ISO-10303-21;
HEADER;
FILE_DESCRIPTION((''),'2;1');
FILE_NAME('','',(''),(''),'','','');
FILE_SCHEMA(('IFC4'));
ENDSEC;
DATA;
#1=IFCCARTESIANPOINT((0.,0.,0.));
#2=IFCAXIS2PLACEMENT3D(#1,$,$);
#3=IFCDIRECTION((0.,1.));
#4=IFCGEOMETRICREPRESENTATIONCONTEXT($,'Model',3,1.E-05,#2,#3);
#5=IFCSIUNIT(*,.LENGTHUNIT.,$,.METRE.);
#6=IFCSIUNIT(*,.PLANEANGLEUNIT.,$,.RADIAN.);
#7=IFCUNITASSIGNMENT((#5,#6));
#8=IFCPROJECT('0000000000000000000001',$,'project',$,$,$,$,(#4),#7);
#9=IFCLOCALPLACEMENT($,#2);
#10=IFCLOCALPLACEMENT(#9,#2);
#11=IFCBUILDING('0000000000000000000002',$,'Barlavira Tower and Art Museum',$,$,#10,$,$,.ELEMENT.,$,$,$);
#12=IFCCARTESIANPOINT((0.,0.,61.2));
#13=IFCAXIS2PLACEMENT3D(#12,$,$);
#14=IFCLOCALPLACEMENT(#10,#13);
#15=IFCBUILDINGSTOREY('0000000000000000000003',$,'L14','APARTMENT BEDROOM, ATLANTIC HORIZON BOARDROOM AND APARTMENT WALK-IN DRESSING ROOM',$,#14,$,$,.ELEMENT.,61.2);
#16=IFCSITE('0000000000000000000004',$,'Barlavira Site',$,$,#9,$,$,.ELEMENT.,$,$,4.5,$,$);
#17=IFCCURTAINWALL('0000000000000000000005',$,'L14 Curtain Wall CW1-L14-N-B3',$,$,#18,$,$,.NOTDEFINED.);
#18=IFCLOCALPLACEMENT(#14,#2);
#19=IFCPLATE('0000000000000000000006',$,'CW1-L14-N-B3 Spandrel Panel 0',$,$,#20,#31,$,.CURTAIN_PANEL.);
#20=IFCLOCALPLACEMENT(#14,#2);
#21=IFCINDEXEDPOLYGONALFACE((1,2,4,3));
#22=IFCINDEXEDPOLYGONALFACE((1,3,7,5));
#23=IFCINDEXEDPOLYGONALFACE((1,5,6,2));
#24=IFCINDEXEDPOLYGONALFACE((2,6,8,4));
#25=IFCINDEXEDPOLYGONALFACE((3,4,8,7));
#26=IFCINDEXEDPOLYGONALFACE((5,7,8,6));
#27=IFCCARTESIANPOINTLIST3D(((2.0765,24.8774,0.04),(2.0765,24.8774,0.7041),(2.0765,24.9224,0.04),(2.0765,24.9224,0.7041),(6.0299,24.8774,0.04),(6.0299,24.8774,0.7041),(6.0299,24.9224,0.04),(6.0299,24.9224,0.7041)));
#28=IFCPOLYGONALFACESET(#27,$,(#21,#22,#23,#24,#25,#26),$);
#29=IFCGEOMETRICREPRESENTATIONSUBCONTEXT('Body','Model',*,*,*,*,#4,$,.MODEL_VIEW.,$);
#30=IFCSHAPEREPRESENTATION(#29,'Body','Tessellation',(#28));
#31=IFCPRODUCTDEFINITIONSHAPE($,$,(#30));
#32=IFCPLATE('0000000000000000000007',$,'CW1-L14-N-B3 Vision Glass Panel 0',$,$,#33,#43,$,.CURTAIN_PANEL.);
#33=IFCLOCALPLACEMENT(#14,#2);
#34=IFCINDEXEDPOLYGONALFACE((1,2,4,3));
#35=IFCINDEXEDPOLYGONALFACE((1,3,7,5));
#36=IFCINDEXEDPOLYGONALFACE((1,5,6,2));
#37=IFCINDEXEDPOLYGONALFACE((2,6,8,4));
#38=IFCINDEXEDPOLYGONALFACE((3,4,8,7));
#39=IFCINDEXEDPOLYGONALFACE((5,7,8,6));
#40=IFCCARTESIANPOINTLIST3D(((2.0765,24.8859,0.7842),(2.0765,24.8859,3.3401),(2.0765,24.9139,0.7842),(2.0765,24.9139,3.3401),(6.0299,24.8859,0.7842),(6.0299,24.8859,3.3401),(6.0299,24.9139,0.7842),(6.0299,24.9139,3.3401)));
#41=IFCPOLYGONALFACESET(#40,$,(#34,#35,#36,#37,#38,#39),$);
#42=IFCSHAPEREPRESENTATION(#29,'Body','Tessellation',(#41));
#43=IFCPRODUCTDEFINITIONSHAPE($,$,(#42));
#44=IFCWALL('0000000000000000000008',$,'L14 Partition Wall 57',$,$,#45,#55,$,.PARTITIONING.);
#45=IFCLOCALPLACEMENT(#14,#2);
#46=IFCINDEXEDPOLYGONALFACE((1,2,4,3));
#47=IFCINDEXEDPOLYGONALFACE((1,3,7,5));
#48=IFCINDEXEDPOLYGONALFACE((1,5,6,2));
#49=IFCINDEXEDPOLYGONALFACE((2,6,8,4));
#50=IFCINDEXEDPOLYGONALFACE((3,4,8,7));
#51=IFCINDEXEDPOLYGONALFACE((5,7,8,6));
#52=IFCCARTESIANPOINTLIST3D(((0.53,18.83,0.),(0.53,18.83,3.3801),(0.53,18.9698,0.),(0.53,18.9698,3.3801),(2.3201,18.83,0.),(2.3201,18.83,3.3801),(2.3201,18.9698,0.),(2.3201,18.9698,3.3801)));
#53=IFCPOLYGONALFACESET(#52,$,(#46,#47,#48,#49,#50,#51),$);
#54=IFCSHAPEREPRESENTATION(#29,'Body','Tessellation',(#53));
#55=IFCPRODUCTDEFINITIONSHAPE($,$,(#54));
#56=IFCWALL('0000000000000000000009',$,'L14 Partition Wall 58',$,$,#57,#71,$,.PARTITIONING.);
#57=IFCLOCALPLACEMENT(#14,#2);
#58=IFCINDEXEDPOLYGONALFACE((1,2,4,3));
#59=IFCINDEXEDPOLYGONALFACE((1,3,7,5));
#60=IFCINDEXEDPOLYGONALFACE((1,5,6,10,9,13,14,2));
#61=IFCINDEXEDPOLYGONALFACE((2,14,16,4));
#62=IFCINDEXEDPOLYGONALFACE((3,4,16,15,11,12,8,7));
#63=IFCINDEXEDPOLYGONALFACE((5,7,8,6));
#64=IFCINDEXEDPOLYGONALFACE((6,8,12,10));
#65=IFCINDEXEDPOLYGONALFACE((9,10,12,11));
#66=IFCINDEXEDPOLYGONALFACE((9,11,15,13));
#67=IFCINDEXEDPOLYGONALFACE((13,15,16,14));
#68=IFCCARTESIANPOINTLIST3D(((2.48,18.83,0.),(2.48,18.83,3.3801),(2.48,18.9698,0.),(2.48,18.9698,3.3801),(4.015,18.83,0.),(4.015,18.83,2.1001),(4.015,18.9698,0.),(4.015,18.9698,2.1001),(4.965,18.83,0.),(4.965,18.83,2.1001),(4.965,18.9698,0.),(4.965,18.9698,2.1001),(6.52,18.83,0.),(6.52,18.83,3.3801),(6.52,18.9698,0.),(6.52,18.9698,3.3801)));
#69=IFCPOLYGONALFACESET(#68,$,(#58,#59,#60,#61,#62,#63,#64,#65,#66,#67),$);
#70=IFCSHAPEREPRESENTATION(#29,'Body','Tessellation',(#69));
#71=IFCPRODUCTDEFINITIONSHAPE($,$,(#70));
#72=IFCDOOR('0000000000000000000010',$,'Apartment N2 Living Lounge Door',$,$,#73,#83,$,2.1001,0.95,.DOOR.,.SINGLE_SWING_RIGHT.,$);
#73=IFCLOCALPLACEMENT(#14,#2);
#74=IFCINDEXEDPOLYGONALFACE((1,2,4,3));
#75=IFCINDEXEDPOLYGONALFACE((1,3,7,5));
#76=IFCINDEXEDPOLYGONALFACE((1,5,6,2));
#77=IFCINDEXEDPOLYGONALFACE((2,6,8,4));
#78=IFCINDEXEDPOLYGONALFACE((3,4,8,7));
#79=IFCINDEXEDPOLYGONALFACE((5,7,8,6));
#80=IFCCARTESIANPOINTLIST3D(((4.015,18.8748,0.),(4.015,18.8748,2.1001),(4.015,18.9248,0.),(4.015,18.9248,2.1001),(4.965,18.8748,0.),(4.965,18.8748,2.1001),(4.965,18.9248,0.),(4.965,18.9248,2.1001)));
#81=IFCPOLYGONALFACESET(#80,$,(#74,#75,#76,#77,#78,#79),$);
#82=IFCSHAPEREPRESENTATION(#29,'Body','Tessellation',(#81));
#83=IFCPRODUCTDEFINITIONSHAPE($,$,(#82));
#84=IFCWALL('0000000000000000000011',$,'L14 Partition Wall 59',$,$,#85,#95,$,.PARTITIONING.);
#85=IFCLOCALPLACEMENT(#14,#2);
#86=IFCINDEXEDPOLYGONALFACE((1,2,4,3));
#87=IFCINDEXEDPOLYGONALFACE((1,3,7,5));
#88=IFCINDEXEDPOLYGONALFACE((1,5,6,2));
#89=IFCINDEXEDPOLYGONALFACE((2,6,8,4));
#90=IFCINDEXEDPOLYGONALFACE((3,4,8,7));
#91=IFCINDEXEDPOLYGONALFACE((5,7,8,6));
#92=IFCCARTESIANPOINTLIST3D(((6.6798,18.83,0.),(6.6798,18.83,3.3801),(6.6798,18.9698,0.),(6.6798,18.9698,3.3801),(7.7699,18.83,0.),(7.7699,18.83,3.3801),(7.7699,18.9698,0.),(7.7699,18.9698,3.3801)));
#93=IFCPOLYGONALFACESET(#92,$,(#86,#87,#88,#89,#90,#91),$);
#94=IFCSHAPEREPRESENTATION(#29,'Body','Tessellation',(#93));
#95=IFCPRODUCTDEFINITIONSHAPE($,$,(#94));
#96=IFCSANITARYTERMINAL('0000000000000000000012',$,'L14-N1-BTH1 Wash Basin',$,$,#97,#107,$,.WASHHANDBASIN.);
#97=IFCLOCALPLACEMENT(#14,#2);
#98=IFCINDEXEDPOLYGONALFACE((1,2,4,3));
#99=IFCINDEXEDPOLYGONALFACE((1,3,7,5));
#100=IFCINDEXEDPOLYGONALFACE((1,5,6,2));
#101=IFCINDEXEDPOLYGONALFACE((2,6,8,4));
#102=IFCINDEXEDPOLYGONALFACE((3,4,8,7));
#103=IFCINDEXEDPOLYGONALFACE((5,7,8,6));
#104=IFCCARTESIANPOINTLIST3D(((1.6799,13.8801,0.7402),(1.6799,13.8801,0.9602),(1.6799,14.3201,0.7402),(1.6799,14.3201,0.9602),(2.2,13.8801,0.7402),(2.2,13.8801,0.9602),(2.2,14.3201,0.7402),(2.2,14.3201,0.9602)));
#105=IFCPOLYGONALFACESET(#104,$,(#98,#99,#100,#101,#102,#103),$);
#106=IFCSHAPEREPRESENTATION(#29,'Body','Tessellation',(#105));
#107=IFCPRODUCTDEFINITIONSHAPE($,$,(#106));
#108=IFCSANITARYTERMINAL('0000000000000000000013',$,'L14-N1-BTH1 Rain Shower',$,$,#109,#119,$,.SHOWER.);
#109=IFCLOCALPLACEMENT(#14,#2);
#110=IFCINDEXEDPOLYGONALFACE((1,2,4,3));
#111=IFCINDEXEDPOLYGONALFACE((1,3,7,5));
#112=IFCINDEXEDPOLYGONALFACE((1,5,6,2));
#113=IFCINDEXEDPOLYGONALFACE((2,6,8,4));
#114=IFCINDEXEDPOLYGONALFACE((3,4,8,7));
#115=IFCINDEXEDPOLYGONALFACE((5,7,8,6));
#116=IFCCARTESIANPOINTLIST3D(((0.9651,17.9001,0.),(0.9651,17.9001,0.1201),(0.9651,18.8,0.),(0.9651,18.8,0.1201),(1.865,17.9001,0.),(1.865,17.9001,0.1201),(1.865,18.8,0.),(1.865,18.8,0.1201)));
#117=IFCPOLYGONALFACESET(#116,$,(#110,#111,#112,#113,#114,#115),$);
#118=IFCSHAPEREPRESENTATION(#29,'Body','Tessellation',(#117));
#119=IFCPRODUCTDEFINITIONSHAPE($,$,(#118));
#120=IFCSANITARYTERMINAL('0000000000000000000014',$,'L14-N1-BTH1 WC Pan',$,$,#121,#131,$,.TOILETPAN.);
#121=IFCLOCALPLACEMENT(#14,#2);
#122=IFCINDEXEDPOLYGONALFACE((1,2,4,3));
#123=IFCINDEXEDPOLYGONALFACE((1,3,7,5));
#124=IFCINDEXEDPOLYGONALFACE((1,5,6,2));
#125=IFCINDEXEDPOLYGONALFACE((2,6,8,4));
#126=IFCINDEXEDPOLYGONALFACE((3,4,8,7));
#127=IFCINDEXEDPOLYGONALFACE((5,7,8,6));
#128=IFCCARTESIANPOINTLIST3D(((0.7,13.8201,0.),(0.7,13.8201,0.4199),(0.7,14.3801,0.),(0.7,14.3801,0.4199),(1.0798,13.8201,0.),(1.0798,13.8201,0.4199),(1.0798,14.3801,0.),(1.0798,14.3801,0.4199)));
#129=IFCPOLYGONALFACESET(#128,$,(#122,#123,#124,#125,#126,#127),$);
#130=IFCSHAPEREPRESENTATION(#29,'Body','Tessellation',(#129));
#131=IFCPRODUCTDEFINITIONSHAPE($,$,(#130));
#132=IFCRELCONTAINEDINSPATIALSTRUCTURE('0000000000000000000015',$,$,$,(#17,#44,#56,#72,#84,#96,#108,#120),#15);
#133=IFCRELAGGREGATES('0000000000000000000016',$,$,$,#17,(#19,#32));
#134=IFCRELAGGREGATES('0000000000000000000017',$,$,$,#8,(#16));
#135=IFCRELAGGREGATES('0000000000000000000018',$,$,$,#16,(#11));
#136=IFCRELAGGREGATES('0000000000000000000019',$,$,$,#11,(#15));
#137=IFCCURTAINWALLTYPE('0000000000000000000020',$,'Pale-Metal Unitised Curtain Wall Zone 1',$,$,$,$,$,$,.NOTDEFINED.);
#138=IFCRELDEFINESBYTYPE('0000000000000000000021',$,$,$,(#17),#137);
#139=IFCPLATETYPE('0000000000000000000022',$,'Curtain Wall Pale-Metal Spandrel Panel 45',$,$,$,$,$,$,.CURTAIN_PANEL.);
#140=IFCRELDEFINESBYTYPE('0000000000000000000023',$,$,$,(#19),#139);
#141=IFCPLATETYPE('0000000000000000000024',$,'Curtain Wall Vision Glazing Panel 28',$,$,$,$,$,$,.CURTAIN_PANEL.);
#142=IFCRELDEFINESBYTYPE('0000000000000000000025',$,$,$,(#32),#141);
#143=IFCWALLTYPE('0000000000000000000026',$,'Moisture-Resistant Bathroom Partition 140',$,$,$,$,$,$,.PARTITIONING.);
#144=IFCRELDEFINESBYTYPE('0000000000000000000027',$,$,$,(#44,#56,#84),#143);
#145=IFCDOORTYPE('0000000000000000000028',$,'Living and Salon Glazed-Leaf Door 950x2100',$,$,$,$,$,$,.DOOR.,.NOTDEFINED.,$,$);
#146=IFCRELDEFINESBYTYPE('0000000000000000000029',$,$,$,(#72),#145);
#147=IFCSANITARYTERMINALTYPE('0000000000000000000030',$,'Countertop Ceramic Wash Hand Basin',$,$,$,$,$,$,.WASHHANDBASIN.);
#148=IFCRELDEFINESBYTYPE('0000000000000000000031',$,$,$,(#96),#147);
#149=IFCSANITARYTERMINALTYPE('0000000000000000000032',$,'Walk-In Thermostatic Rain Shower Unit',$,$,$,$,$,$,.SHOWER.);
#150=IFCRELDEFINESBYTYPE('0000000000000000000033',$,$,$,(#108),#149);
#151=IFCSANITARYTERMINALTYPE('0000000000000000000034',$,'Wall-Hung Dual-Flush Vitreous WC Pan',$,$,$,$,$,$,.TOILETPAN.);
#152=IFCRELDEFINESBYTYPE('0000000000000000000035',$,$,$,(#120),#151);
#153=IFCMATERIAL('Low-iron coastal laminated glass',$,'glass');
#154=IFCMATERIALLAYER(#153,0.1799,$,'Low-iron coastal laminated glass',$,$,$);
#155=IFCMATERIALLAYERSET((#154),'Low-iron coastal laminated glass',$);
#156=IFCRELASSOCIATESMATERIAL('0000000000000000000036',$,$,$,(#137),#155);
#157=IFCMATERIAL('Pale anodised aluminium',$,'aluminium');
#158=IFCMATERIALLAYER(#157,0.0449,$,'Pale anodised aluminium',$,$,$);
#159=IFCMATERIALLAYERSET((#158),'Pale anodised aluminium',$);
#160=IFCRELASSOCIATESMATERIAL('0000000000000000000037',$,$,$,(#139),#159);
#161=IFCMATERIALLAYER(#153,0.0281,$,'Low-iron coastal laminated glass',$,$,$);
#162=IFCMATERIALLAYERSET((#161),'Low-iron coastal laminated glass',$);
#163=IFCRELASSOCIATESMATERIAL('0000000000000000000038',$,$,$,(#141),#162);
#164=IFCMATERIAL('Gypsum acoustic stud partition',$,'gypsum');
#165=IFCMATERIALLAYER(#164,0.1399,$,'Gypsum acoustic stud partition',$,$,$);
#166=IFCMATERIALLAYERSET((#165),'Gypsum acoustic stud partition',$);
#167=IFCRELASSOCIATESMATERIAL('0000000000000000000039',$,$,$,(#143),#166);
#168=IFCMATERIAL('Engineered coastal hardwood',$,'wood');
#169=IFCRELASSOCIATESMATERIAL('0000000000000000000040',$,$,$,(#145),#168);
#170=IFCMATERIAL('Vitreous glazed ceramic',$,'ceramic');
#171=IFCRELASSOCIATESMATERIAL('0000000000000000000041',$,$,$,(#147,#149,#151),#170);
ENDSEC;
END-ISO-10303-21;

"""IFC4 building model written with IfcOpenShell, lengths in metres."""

from ifc_helpers import new_model, si_unit, direction, frame, frame_2d, origin, origin_2d, place, context, subcontext, project, spatial, rectangle, extrude, material, layer, layer_set, type_object, element, fill, aggregate, save


model = new_model("IFC4")

# Units and contexts
model_context = context("Model", 3, precision=1e-05, world=origin(), true_north=direction((0.0, 1.0)))
body_context = subcontext(model_context, "Body", "Model", "MODEL_VIEW")
ifc_project = project(units=[si_unit("LENGTHUNIT", "METRE"), si_unit("PLANEANGLEUNIT", "RADIAN")], contexts=[model_context])

# Site, building, storey
site_placement = place(None, origin())
site = spatial("IfcSite", under=ifc_project, at=site_placement, Name="Barlavira Site", CompositionType="ELEMENT", RefElevation=4.5)
building_placement = place(site_placement, origin())
building = spatial("IfcBuilding", under=site, at=building_placement, Name="Barlavira Tower and Art Museum", CompositionType="ELEMENT")
storey_placement = place(building_placement, frame((0.0, 0.0, 61.2)))
storey = spatial("IfcBuildingStorey", under=building, at=storey_placement, Name="L14", Description="APARTMENT BEDROOM, ATLANTIC HORIZON BOARDROOM AND APARTMENT WALK-IN DRESSING ROOM", CompositionType="ELEMENT", Elevation=61.2)

# Curtain wall
ifc_material_1 = material(Name="Low-iron coastal laminated glass", Category="glass")
ifc_layer_1 = layer(ifc_material_1, 0.1799, Name="Low-iron coastal laminated glass")
ifc_layer_set_1 = layer_set([ifc_layer_1], Name="Low-iron coastal laminated glass")
curtain_wall_type = type_object("IfcCurtainWallType", Name="Pale-Metal Unitised Curtain Wall Zone 1", PredefinedType="NOTDEFINED", material=ifc_layer_set_1)
curtain_wall_placement = place(storey_placement, origin())
curtain_wall = element("IfcCurtainWall", 1, at=curtain_wall_placement, inside=storey, type_object=curtain_wall_type, Name="L14 Curtain Wall CW1-L14-N-B3", PredefinedType="NOTDEFINED")
ifc_material_2 = material(Name="Pale anodised aluminium", Category="aluminium")

# Plates
ifc_layer_2 = layer(ifc_material_2, 0.0449, Name="Pale anodised aluminium")
ifc_layer_set_2 = layer_set([ifc_layer_2], Name="Pale anodised aluminium")
plate_type_1 = type_object("IfcPlateType", Name="Curtain Wall Pale-Metal Spandrel Panel 45", PredefinedType="CURTAIN_PANEL", material=ifc_layer_set_2)
plate_1_placement = place(storey_placement, frame((4.0532, 24.8999, 0.04), z_axis=(0.0, 0.0, 1.0), x_axis=(-1.0, 0.0, 0.0)))
plate_1 = element("IfcPlate", 2, at=plate_1_placement, type_object=plate_type_1, Name="CW1-L14-N-B3 Spandrel Panel 0", PredefinedType="CURTAIN_PANEL", context=body_context, shape_type="SweptSolid", body=[
    extrude(rectangle(XDim=3.9534, YDim=0.0449, at=origin_2d()), origin(), (0.0, 0.0, 1.0), 0.6641),
])
ifc_layer_3 = layer(ifc_material_1, 0.0281, Name="Low-iron coastal laminated glass")
ifc_layer_set_3 = layer_set([ifc_layer_3], Name="Low-iron coastal laminated glass")
plate_type_2 = type_object("IfcPlateType", Name="Curtain Wall Vision Glazing Panel 28", PredefinedType="CURTAIN_PANEL", material=ifc_layer_set_3)
plate_2_placement = place(storey_placement, frame((4.0532, 24.8999, 0.7842), z_axis=(0.0, 0.0, 1.0), x_axis=(-1.0, 0.0, 0.0)))
plate_2 = element("IfcPlate", 3, at=plate_2_placement, type_object=plate_type_2, Name="CW1-L14-N-B3 Vision Glass Panel 0", PredefinedType="CURTAIN_PANEL", context=body_context, shape_type="SweptSolid", body=[
    extrude(rectangle(XDim=3.9534, YDim=0.0281, at=origin_2d()), origin(), (0.0, 0.0, 1.0), 2.5559),
])
aggregate(curtain_wall, [plate_1, plate_2])

# Wall
ifc_material_3 = material(Name="Gypsum acoustic stud partition", Category="gypsum")
ifc_layer_4 = layer(ifc_material_3, 0.1399, Name="Gypsum acoustic stud partition")
ifc_layer_set_4 = layer_set([ifc_layer_4], Name="Gypsum acoustic stud partition")
wall_type = type_object("IfcWallType", Name="Moisture-Resistant Bathroom Partition 140", PredefinedType="PARTITIONING", material=ifc_layer_set_4)
wall_1_placement = place(storey_placement, frame((0.53, 18.8999, 0.0), z_axis=(0.0, 0.0, 1.0), x_axis=(1.0, 0.0, 0.0)))
element("IfcWall", 4, at=wall_1_placement, inside=storey, type_object=wall_type, Name="L14 Partition Wall 57", PredefinedType="PARTITIONING", context=body_context, shape_type="SweptSolid", body=[
    extrude(rectangle(XDim=1.79, YDim=0.1399, at=frame_2d((0.895, 0.0))), origin(), (0.0, 0.0, 1.0), 3.3801),
])

# Wall, opening, door
wall_2_placement = place(storey_placement, frame((2.48, 18.8999, 0.0), z_axis=(0.0, 0.0, 1.0), x_axis=(1.0, 0.0, 0.0)))
wall_2 = element("IfcWall", 5, at=wall_2_placement, inside=storey, type_object=wall_type, Name="L14 Partition Wall 58", PredefinedType="PARTITIONING", context=body_context, shape_type="SweptSolid", body=[
    extrude(rectangle(XDim=4.04, YDim=0.1399, at=frame_2d((2.02, 0.0))), origin(), (0.0, 0.0, 1.0), 3.3801),
])
opening_placement = place(wall_2_placement, frame((1.5349, 0.0, 0.0)))
opening = element("IfcOpeningElement", 6, at=opening_placement, cuts=wall_2, PredefinedType="OPENING", context=body_context, shape_type="SweptSolid", body=[
    extrude(rectangle(XDim=0.95, YDim=2.1001, at=frame_2d((0.4751, 1.05))), frame((0.0, 0.0801, 0.0), z_axis=(0.0, -1.0, 0.0), x_axis=(1.0, 0.0, 0.0)), (0.0, 0.0, 1.0), 0.1599),
])
ifc_material_4 = material(Name="Engineered coastal hardwood", Category="wood")
door_type = type_object("IfcDoorType", Name="Living and Salon Glazed-Leaf Door 950x2100", OperationType="NOTDEFINED", PredefinedType="DOOR", material=ifc_material_4)
door_placement = place(opening_placement, origin())
door = element("IfcDoor", 7, at=door_placement, inside=storey, type_object=door_type, Name="Apartment N2 Living Lounge Door", OperationType="SINGLE_SWING_RIGHT", OverallHeight=2.1001, OverallWidth=0.95, PredefinedType="DOOR", context=body_context, shape_type="SweptSolid", body=[
    extrude(rectangle(XDim=0.95, YDim=2.1001, at=frame_2d((0.4751, 1.05))), frame((0.0, 0.0249, 0.0), z_axis=(0.0, -1.0, 0.0), x_axis=(1.0, 0.0, 0.0)), (0.0, 0.0, 1.0), 0.05),
])
fill(opening, door)

# Wall
wall_3_placement = place(storey_placement, frame((6.6799, 18.8999, 0.0), z_axis=(0.0, 0.0, 1.0), x_axis=(1.0, 0.0, 0.0)))
element("IfcWall", 8, at=wall_3_placement, inside=storey, type_object=wall_type, Name="L14 Partition Wall 59", PredefinedType="PARTITIONING", context=body_context, shape_type="SweptSolid", body=[
    extrude(rectangle(XDim=1.0901, YDim=0.1399, at=frame_2d((0.5449, 0.0))), origin(), (0.0, 0.0, 1.0), 3.3801),
])

# Sanitary terminals
ifc_material_5 = material(Name="Vitreous glazed ceramic", Category="ceramic")
sanitary_terminal_type_1 = type_object("IfcSanitaryTerminalType", Name="Countertop Ceramic Wash Hand Basin", PredefinedType="WASHHANDBASIN", material=ifc_material_5)
sanitary_terminal_1_placement = place(storey_placement, frame((1.9399, 14.1001, 0.7402), z_axis=(0.0, 0.0, 1.0), x_axis=(1.0, 0.0, 0.0)))
element("IfcSanitaryTerminal", 9, at=sanitary_terminal_1_placement, inside=storey, type_object=sanitary_terminal_type_1, Name="L14-N1-BTH1 Wash Basin", PredefinedType="WASHHANDBASIN", context=body_context, shape_type="SweptSolid", body=[
    extrude(rectangle(XDim=0.52, YDim=0.4399, at=origin_2d()), origin(), (0.0, 0.0, 1.0), 0.22),
])
sanitary_terminal_type_2 = type_object("IfcSanitaryTerminalType", Name="Walk-In Thermostatic Rain Shower Unit", PredefinedType="SHOWER", material=ifc_material_5)
sanitary_terminal_2_placement = place(storey_placement, frame((1.415, 18.3501, 0.0), z_axis=(0.0, 0.0, 1.0), x_axis=(1.0, 0.0, 0.0)))
element("IfcSanitaryTerminal", 10, at=sanitary_terminal_2_placement, inside=storey, type_object=sanitary_terminal_type_2, Name="L14-N1-BTH1 Rain Shower", PredefinedType="SHOWER", context=body_context, shape_type="SweptSolid", body=[
    extrude(rectangle(XDim=0.8999, YDim=0.8999, at=origin_2d()), origin(), (0.0, 0.0, 1.0), 0.1201),
])
sanitary_terminal_type_3 = type_object("IfcSanitaryTerminalType", Name="Wall-Hung Dual-Flush Vitreous WC Pan", PredefinedType="TOILETPAN", material=ifc_material_5)
sanitary_terminal_3_placement = place(storey_placement, frame((0.8899, 14.1001, 0.0), z_axis=(0.0, 0.0, 1.0), x_axis=(1.0, 0.0, 0.0)))
element("IfcSanitaryTerminal", 11, at=sanitary_terminal_3_placement, inside=storey, type_object=sanitary_terminal_type_3, Name="L14-N1-BTH1 WC Pan", PredefinedType="TOILETPAN", context=body_context, shape_type="SweptSolid", body=[
    extrude(rectangle(XDim=0.3799, YDim=0.5601, at=origin_2d()), origin(), (0.0, 0.0, 1.0), 0.4199),
])

save(model, "model.ifc")
